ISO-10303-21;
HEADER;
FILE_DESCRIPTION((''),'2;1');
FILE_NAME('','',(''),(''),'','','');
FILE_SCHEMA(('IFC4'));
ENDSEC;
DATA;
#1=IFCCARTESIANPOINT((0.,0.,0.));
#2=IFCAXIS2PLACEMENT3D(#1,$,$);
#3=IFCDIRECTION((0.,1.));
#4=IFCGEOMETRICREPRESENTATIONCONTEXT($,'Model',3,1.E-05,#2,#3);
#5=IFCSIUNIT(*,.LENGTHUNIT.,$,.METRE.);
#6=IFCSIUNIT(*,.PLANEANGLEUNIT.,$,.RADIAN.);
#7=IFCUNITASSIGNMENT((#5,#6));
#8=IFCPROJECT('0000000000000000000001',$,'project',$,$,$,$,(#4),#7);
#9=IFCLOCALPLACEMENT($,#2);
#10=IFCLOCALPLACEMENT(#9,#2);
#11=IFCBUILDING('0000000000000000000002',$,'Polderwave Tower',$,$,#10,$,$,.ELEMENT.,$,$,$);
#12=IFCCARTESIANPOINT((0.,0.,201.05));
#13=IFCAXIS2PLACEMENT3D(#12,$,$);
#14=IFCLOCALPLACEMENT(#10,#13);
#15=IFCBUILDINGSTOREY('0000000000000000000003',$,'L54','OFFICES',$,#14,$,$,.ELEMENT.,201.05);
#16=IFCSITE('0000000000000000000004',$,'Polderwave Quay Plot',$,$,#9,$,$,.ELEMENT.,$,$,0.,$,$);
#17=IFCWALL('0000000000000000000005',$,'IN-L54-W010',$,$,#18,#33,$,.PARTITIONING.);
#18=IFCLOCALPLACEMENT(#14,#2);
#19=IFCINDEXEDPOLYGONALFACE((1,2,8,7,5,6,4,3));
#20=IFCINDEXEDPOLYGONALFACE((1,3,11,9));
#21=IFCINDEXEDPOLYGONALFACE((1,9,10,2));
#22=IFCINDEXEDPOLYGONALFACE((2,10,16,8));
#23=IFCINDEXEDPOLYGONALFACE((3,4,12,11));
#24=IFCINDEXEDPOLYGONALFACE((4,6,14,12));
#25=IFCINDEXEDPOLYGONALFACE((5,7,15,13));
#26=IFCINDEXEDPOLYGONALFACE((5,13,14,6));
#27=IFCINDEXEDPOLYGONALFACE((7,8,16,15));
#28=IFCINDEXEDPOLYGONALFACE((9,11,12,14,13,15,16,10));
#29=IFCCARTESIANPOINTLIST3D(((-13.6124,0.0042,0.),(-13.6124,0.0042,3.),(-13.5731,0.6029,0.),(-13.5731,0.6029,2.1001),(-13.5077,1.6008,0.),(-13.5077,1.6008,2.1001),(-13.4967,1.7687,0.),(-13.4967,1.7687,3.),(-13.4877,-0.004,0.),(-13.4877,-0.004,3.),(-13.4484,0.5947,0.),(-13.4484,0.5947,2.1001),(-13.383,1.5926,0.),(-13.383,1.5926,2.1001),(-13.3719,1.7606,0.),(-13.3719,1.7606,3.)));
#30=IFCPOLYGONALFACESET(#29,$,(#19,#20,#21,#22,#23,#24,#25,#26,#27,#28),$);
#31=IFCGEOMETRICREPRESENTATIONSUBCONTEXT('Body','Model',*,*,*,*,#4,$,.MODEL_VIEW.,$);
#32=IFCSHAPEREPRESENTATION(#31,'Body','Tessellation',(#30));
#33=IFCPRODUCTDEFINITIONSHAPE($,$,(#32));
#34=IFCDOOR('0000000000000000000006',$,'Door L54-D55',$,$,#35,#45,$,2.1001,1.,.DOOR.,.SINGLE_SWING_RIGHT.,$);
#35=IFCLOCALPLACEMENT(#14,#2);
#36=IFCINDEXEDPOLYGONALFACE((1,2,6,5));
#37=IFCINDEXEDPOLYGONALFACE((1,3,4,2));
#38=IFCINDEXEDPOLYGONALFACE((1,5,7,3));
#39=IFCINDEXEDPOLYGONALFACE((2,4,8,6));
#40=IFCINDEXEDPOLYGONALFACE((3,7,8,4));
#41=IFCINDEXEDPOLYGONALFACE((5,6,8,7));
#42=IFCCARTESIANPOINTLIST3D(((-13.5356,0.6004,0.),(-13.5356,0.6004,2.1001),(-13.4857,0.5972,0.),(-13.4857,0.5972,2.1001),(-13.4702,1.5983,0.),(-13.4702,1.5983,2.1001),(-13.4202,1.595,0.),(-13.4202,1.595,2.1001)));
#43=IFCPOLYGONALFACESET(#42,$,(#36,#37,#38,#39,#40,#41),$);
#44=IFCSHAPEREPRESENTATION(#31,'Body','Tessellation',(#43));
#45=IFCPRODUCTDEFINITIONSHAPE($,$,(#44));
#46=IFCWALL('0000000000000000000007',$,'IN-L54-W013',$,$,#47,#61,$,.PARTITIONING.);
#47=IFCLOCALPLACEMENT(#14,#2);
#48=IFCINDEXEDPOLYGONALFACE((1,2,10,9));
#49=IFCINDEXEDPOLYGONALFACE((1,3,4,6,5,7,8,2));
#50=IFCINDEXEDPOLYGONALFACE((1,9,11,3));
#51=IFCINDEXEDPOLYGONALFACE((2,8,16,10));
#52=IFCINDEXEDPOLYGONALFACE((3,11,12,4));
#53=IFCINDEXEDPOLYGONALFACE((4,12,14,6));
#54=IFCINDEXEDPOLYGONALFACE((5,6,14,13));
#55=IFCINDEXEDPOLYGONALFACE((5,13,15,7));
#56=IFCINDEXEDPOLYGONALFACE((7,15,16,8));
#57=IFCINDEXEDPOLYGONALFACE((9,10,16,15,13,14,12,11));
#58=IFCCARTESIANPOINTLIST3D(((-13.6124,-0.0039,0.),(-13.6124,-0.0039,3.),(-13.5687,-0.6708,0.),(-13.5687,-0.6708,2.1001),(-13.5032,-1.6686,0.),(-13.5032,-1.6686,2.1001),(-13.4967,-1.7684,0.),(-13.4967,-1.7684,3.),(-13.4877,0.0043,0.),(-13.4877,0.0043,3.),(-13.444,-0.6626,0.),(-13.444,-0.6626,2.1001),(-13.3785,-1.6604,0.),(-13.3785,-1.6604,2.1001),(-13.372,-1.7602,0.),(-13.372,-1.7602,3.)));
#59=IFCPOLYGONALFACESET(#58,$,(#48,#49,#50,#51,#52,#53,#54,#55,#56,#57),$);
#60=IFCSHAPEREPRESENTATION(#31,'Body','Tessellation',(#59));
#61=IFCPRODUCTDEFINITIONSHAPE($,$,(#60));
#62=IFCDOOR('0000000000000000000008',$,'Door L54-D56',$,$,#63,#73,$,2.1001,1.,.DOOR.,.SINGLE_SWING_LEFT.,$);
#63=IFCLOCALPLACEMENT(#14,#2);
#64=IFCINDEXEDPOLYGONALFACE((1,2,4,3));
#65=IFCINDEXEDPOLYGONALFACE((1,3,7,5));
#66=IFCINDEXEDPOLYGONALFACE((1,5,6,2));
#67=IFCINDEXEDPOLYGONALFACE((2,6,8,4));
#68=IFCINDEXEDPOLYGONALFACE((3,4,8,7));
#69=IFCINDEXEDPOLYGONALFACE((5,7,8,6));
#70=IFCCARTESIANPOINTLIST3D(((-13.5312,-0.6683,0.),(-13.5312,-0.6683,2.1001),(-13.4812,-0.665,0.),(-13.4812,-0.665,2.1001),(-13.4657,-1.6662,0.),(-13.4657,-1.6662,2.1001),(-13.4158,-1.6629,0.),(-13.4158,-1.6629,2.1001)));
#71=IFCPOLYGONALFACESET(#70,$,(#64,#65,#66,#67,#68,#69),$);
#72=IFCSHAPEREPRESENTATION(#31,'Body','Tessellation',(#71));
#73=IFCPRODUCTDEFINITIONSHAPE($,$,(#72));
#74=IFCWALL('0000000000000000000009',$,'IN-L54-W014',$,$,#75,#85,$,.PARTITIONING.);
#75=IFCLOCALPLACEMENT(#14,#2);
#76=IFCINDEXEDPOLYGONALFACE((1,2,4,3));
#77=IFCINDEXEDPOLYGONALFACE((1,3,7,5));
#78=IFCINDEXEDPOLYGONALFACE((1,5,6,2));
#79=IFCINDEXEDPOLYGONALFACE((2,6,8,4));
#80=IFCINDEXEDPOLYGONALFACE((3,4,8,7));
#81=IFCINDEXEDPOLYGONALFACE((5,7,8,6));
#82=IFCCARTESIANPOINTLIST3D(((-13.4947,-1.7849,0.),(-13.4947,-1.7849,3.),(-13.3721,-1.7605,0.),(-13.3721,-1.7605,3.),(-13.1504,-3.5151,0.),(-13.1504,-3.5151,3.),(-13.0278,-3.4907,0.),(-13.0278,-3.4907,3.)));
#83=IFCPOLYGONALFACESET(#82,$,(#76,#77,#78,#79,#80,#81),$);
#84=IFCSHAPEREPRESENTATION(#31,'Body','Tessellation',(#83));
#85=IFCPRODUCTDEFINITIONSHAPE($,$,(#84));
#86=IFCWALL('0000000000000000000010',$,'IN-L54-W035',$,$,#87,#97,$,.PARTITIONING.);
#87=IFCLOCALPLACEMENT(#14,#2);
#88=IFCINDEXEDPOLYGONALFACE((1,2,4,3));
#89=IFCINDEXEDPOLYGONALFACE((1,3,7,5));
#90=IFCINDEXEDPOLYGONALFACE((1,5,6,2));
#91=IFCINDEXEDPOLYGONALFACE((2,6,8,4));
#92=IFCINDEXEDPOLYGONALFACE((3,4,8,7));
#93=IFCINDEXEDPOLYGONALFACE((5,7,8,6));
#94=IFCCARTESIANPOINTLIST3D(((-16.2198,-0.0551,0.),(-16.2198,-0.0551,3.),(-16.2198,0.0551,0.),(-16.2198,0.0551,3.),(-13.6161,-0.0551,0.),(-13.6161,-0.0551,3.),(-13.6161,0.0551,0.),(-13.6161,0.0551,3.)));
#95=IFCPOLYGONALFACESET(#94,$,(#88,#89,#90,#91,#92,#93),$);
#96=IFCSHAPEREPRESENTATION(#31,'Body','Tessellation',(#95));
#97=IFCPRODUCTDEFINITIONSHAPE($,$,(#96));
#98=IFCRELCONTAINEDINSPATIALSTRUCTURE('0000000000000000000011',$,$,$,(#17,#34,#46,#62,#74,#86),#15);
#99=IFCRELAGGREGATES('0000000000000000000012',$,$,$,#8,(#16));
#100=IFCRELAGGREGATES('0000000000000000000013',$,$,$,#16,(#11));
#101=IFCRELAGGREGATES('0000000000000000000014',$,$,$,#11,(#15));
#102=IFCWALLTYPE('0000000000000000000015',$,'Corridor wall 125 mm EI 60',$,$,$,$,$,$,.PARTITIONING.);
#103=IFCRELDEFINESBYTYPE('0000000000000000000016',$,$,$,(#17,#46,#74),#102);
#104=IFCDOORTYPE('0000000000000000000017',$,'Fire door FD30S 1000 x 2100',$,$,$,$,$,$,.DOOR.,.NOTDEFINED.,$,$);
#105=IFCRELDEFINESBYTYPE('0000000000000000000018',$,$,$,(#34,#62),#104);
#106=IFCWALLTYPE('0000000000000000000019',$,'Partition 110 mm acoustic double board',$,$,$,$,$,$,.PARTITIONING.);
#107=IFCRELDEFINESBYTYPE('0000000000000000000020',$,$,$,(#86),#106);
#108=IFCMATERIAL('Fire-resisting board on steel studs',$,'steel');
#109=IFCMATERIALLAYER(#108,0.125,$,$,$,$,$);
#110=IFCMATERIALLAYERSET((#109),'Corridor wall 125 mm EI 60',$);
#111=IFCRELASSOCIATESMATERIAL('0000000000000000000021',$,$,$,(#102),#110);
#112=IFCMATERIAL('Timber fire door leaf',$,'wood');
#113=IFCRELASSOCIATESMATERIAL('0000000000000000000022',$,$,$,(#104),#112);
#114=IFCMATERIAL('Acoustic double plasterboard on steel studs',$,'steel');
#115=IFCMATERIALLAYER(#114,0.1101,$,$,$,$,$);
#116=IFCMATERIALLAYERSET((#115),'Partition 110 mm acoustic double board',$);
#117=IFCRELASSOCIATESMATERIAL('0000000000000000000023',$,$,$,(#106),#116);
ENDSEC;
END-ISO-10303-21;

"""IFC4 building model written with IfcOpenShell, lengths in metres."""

from ifc_helpers import new_model, si_unit, direction, frame, frame_2d, origin, place, context, subcontext, project, spatial, rectangle, extrude, material, layer, layer_set, type_object, element, fill, save


model = new_model("IFC4")

# Units and contexts
model_context = context("Model", 3, precision=1e-05, world=origin(), true_north=direction((0.0, 1.0)))
body_context = subcontext(model_context, "Body", "Model", "MODEL_VIEW")
ifc_project = project(units=[si_unit("LENGTHUNIT", "METRE"), si_unit("PLANEANGLEUNIT", "RADIAN")], contexts=[model_context])

# Site, building, storey
site_placement = place(None, origin())
site = spatial("IfcSite", under=ifc_project, at=site_placement, Name="Polderwave Quay Plot", CompositionType="ELEMENT", RefElevation=0.0)
building_placement = place(site_placement, origin())
building = spatial("IfcBuilding", under=site, at=building_placement, Name="Polderwave Tower", CompositionType="ELEMENT")
storey_placement = place(building_placement, frame((0.0, 0.0, 201.05)))
storey = spatial("IfcBuildingStorey", under=building, at=storey_placement, Name="L54", Description="OFFICES", CompositionType="ELEMENT", Elevation=201.05)

# Walls, openings, doors
ifc_material_1 = material(Name="Fire-resisting board on steel studs", Category="steel")
ifc_layer_1 = layer(ifc_material_1, 0.125)
ifc_layer_set_1 = layer_set([ifc_layer_1], Name="Corridor wall 125 mm EI 60")
wall_type_1 = type_object("IfcWallType", Name="Corridor wall 125 mm EI 60", PredefinedType="PARTITIONING", material=ifc_layer_set_1)
wall_1_placement = place(storey_placement, frame((-13.55, 0.0, 0.0), z_axis=(0.0, 0.0, 1.0), x_axis=(0.065447, 0.997856, 0.0)))
wall_1 = element("IfcWall", 1, at=wall_1_placement, inside=storey, type_object=wall_type_1, Name="IN-L54-W010", PredefinedType="PARTITIONING", context=body_context, shape_type="SweptSolid", body=[
    extrude(rectangle(XDim=1.7683, YDim=0.125, at=frame_2d((0.8843, 0.0))), origin(), (0.0, 0.0, 1.0), 3.0),
])
opening_1_placement = place(wall_1_placement, frame((0.6001, 0.0, 0.0)))
opening_1 = element("IfcOpeningElement", 2, at=opening_1_placement, cuts=wall_1, PredefinedType="OPENING", context=body_context, shape_type="SweptSolid", body=[
    extrude(rectangle(XDim=1.0, YDim=2.1001, at=frame_2d((0.5, 1.05))), frame((0.0, 0.0725, 0.0), z_axis=(0.0, -1.0, 0.0), x_axis=(1.0, 0.0, 0.0)), (0.0, 0.0, 1.0), 0.145),
])
ifc_material_2 = material(Name="Timber fire door leaf", Category="wood")
door_type = type_object("IfcDoorType", Name="Fire door FD30S 1000 x 2100", OperationType="NOTDEFINED", PredefinedType="DOOR", material=ifc_material_2)
door_1_placement = place(opening_1_placement, origin())
door_1 = element("IfcDoor", 3, at=door_1_placement, inside=storey, type_object=door_type, Name="Door L54-D55", OperationType="SINGLE_SWING_RIGHT", OverallHeight=2.1001, OverallWidth=1.0, PredefinedType="DOOR", context=body_context, shape_type="SweptSolid", body=[
    extrude(rectangle(XDim=1.0, YDim=2.1001, at=frame_2d((0.5, 1.05))), frame((0.0, 0.0249, 0.0), z_axis=(0.0, -1.0, 0.0), x_axis=(1.0, 0.0, 0.0)), (0.0, 0.0, 1.0), 0.05),
])
fill(opening_1, door_1)
wall_2_placement = place(storey_placement, frame((-13.4343, -1.7644, 0.0), z_axis=(0.0, 0.0, 1.0), x_axis=(-0.065447, 0.997856, 0.0)))
wall_2 = element("IfcWall", 4, at=wall_2_placement, inside=storey, type_object=wall_type_1, Name="IN-L54-W013", PredefinedType="PARTITIONING", context=body_context, shape_type="SweptSolid", body=[
    extrude(rectangle(XDim=1.7683, YDim=0.125, at=frame_2d((0.8843, 0.0))), origin(), (0.0, 0.0, 1.0), 3.0),
])
opening_2_placement = place(wall_2_placement, frame((0.1001, 0.0, 0.0)))
opening_2 = element("IfcOpeningElement", 5, at=opening_2_placement, cuts=wall_2, PredefinedType="OPENING", context=body_context, shape_type="SweptSolid", body=[
    extrude(rectangle(XDim=1.0, YDim=2.1001, at=frame_2d((0.5, 1.05))), frame((0.0, 0.0725, 0.0), z_axis=(0.0, -1.0, 0.0), x_axis=(1.0, 0.0, 0.0)), (0.0, 0.0, 1.0), 0.145),
])
door_2_placement = place(opening_2_placement, origin())
door_2 = element("IfcDoor", 6, at=door_2_placement, inside=storey, type_object=door_type, Name="Door L54-D56", OperationType="SINGLE_SWING_LEFT", OverallHeight=2.1001, OverallWidth=1.0, PredefinedType="DOOR", context=body_context, shape_type="SweptSolid", body=[
    extrude(rectangle(XDim=1.0, YDim=2.1001, at=frame_2d((0.5, 1.05))), frame((0.0, 0.0249, 0.0), z_axis=(0.0, -1.0, 0.0), x_axis=(1.0, 0.0, 0.0)), (0.0, 0.0, 1.0), 0.05),
])
fill(opening_2, door_2)

# Walls
wall_3_placement = place(storey_placement, frame((-13.0891, -3.5029, 0.0), z_axis=(0.0, 0.0, 1.0), x_axis=(-0.195131, 0.980777, 0.0)))
element("IfcWall", 7, at=wall_3_placement, inside=storey, type_object=wall_type_1, Name="IN-L54-W014", PredefinedType="PARTITIONING", context=body_context, shape_type="SweptSolid", body=[
    extrude(rectangle(XDim=1.7642, YDim=0.125, at=frame_2d((0.8821, 0.0))), origin(), (0.0, 0.0, 1.0), 3.0),
])
ifc_material_3 = material(Name="Acoustic double plasterboard on steel studs", Category="steel")
ifc_layer_2 = layer(ifc_material_3, 0.1101)
ifc_layer_set_2 = layer_set([ifc_layer_2], Name="Partition 110 mm acoustic double board")
wall_type_2 = type_object("IfcWallType", Name="Partition 110 mm acoustic double board", PredefinedType="PARTITIONING", material=ifc_layer_set_2)
wall_4_placement = place(storey_placement, frame((-13.6162, 0.0, 0.0), z_axis=(0.0, 0.0, 1.0), x_axis=(-1.0, 0.0, 0.0)))
element("IfcWall", 8, at=wall_4_placement, inside=storey, type_object=wall_type_2, Name="IN-L54-W035", PredefinedType="PARTITIONING", context=body_context, shape_type="SweptSolid", body=[
    extrude(rectangle(XDim=2.6038, YDim=0.1101, at=frame_2d((1.3018, 0.0))), origin(), (0.0, 0.0, 1.0), 3.0),
])

save(model, "model.ifc")
